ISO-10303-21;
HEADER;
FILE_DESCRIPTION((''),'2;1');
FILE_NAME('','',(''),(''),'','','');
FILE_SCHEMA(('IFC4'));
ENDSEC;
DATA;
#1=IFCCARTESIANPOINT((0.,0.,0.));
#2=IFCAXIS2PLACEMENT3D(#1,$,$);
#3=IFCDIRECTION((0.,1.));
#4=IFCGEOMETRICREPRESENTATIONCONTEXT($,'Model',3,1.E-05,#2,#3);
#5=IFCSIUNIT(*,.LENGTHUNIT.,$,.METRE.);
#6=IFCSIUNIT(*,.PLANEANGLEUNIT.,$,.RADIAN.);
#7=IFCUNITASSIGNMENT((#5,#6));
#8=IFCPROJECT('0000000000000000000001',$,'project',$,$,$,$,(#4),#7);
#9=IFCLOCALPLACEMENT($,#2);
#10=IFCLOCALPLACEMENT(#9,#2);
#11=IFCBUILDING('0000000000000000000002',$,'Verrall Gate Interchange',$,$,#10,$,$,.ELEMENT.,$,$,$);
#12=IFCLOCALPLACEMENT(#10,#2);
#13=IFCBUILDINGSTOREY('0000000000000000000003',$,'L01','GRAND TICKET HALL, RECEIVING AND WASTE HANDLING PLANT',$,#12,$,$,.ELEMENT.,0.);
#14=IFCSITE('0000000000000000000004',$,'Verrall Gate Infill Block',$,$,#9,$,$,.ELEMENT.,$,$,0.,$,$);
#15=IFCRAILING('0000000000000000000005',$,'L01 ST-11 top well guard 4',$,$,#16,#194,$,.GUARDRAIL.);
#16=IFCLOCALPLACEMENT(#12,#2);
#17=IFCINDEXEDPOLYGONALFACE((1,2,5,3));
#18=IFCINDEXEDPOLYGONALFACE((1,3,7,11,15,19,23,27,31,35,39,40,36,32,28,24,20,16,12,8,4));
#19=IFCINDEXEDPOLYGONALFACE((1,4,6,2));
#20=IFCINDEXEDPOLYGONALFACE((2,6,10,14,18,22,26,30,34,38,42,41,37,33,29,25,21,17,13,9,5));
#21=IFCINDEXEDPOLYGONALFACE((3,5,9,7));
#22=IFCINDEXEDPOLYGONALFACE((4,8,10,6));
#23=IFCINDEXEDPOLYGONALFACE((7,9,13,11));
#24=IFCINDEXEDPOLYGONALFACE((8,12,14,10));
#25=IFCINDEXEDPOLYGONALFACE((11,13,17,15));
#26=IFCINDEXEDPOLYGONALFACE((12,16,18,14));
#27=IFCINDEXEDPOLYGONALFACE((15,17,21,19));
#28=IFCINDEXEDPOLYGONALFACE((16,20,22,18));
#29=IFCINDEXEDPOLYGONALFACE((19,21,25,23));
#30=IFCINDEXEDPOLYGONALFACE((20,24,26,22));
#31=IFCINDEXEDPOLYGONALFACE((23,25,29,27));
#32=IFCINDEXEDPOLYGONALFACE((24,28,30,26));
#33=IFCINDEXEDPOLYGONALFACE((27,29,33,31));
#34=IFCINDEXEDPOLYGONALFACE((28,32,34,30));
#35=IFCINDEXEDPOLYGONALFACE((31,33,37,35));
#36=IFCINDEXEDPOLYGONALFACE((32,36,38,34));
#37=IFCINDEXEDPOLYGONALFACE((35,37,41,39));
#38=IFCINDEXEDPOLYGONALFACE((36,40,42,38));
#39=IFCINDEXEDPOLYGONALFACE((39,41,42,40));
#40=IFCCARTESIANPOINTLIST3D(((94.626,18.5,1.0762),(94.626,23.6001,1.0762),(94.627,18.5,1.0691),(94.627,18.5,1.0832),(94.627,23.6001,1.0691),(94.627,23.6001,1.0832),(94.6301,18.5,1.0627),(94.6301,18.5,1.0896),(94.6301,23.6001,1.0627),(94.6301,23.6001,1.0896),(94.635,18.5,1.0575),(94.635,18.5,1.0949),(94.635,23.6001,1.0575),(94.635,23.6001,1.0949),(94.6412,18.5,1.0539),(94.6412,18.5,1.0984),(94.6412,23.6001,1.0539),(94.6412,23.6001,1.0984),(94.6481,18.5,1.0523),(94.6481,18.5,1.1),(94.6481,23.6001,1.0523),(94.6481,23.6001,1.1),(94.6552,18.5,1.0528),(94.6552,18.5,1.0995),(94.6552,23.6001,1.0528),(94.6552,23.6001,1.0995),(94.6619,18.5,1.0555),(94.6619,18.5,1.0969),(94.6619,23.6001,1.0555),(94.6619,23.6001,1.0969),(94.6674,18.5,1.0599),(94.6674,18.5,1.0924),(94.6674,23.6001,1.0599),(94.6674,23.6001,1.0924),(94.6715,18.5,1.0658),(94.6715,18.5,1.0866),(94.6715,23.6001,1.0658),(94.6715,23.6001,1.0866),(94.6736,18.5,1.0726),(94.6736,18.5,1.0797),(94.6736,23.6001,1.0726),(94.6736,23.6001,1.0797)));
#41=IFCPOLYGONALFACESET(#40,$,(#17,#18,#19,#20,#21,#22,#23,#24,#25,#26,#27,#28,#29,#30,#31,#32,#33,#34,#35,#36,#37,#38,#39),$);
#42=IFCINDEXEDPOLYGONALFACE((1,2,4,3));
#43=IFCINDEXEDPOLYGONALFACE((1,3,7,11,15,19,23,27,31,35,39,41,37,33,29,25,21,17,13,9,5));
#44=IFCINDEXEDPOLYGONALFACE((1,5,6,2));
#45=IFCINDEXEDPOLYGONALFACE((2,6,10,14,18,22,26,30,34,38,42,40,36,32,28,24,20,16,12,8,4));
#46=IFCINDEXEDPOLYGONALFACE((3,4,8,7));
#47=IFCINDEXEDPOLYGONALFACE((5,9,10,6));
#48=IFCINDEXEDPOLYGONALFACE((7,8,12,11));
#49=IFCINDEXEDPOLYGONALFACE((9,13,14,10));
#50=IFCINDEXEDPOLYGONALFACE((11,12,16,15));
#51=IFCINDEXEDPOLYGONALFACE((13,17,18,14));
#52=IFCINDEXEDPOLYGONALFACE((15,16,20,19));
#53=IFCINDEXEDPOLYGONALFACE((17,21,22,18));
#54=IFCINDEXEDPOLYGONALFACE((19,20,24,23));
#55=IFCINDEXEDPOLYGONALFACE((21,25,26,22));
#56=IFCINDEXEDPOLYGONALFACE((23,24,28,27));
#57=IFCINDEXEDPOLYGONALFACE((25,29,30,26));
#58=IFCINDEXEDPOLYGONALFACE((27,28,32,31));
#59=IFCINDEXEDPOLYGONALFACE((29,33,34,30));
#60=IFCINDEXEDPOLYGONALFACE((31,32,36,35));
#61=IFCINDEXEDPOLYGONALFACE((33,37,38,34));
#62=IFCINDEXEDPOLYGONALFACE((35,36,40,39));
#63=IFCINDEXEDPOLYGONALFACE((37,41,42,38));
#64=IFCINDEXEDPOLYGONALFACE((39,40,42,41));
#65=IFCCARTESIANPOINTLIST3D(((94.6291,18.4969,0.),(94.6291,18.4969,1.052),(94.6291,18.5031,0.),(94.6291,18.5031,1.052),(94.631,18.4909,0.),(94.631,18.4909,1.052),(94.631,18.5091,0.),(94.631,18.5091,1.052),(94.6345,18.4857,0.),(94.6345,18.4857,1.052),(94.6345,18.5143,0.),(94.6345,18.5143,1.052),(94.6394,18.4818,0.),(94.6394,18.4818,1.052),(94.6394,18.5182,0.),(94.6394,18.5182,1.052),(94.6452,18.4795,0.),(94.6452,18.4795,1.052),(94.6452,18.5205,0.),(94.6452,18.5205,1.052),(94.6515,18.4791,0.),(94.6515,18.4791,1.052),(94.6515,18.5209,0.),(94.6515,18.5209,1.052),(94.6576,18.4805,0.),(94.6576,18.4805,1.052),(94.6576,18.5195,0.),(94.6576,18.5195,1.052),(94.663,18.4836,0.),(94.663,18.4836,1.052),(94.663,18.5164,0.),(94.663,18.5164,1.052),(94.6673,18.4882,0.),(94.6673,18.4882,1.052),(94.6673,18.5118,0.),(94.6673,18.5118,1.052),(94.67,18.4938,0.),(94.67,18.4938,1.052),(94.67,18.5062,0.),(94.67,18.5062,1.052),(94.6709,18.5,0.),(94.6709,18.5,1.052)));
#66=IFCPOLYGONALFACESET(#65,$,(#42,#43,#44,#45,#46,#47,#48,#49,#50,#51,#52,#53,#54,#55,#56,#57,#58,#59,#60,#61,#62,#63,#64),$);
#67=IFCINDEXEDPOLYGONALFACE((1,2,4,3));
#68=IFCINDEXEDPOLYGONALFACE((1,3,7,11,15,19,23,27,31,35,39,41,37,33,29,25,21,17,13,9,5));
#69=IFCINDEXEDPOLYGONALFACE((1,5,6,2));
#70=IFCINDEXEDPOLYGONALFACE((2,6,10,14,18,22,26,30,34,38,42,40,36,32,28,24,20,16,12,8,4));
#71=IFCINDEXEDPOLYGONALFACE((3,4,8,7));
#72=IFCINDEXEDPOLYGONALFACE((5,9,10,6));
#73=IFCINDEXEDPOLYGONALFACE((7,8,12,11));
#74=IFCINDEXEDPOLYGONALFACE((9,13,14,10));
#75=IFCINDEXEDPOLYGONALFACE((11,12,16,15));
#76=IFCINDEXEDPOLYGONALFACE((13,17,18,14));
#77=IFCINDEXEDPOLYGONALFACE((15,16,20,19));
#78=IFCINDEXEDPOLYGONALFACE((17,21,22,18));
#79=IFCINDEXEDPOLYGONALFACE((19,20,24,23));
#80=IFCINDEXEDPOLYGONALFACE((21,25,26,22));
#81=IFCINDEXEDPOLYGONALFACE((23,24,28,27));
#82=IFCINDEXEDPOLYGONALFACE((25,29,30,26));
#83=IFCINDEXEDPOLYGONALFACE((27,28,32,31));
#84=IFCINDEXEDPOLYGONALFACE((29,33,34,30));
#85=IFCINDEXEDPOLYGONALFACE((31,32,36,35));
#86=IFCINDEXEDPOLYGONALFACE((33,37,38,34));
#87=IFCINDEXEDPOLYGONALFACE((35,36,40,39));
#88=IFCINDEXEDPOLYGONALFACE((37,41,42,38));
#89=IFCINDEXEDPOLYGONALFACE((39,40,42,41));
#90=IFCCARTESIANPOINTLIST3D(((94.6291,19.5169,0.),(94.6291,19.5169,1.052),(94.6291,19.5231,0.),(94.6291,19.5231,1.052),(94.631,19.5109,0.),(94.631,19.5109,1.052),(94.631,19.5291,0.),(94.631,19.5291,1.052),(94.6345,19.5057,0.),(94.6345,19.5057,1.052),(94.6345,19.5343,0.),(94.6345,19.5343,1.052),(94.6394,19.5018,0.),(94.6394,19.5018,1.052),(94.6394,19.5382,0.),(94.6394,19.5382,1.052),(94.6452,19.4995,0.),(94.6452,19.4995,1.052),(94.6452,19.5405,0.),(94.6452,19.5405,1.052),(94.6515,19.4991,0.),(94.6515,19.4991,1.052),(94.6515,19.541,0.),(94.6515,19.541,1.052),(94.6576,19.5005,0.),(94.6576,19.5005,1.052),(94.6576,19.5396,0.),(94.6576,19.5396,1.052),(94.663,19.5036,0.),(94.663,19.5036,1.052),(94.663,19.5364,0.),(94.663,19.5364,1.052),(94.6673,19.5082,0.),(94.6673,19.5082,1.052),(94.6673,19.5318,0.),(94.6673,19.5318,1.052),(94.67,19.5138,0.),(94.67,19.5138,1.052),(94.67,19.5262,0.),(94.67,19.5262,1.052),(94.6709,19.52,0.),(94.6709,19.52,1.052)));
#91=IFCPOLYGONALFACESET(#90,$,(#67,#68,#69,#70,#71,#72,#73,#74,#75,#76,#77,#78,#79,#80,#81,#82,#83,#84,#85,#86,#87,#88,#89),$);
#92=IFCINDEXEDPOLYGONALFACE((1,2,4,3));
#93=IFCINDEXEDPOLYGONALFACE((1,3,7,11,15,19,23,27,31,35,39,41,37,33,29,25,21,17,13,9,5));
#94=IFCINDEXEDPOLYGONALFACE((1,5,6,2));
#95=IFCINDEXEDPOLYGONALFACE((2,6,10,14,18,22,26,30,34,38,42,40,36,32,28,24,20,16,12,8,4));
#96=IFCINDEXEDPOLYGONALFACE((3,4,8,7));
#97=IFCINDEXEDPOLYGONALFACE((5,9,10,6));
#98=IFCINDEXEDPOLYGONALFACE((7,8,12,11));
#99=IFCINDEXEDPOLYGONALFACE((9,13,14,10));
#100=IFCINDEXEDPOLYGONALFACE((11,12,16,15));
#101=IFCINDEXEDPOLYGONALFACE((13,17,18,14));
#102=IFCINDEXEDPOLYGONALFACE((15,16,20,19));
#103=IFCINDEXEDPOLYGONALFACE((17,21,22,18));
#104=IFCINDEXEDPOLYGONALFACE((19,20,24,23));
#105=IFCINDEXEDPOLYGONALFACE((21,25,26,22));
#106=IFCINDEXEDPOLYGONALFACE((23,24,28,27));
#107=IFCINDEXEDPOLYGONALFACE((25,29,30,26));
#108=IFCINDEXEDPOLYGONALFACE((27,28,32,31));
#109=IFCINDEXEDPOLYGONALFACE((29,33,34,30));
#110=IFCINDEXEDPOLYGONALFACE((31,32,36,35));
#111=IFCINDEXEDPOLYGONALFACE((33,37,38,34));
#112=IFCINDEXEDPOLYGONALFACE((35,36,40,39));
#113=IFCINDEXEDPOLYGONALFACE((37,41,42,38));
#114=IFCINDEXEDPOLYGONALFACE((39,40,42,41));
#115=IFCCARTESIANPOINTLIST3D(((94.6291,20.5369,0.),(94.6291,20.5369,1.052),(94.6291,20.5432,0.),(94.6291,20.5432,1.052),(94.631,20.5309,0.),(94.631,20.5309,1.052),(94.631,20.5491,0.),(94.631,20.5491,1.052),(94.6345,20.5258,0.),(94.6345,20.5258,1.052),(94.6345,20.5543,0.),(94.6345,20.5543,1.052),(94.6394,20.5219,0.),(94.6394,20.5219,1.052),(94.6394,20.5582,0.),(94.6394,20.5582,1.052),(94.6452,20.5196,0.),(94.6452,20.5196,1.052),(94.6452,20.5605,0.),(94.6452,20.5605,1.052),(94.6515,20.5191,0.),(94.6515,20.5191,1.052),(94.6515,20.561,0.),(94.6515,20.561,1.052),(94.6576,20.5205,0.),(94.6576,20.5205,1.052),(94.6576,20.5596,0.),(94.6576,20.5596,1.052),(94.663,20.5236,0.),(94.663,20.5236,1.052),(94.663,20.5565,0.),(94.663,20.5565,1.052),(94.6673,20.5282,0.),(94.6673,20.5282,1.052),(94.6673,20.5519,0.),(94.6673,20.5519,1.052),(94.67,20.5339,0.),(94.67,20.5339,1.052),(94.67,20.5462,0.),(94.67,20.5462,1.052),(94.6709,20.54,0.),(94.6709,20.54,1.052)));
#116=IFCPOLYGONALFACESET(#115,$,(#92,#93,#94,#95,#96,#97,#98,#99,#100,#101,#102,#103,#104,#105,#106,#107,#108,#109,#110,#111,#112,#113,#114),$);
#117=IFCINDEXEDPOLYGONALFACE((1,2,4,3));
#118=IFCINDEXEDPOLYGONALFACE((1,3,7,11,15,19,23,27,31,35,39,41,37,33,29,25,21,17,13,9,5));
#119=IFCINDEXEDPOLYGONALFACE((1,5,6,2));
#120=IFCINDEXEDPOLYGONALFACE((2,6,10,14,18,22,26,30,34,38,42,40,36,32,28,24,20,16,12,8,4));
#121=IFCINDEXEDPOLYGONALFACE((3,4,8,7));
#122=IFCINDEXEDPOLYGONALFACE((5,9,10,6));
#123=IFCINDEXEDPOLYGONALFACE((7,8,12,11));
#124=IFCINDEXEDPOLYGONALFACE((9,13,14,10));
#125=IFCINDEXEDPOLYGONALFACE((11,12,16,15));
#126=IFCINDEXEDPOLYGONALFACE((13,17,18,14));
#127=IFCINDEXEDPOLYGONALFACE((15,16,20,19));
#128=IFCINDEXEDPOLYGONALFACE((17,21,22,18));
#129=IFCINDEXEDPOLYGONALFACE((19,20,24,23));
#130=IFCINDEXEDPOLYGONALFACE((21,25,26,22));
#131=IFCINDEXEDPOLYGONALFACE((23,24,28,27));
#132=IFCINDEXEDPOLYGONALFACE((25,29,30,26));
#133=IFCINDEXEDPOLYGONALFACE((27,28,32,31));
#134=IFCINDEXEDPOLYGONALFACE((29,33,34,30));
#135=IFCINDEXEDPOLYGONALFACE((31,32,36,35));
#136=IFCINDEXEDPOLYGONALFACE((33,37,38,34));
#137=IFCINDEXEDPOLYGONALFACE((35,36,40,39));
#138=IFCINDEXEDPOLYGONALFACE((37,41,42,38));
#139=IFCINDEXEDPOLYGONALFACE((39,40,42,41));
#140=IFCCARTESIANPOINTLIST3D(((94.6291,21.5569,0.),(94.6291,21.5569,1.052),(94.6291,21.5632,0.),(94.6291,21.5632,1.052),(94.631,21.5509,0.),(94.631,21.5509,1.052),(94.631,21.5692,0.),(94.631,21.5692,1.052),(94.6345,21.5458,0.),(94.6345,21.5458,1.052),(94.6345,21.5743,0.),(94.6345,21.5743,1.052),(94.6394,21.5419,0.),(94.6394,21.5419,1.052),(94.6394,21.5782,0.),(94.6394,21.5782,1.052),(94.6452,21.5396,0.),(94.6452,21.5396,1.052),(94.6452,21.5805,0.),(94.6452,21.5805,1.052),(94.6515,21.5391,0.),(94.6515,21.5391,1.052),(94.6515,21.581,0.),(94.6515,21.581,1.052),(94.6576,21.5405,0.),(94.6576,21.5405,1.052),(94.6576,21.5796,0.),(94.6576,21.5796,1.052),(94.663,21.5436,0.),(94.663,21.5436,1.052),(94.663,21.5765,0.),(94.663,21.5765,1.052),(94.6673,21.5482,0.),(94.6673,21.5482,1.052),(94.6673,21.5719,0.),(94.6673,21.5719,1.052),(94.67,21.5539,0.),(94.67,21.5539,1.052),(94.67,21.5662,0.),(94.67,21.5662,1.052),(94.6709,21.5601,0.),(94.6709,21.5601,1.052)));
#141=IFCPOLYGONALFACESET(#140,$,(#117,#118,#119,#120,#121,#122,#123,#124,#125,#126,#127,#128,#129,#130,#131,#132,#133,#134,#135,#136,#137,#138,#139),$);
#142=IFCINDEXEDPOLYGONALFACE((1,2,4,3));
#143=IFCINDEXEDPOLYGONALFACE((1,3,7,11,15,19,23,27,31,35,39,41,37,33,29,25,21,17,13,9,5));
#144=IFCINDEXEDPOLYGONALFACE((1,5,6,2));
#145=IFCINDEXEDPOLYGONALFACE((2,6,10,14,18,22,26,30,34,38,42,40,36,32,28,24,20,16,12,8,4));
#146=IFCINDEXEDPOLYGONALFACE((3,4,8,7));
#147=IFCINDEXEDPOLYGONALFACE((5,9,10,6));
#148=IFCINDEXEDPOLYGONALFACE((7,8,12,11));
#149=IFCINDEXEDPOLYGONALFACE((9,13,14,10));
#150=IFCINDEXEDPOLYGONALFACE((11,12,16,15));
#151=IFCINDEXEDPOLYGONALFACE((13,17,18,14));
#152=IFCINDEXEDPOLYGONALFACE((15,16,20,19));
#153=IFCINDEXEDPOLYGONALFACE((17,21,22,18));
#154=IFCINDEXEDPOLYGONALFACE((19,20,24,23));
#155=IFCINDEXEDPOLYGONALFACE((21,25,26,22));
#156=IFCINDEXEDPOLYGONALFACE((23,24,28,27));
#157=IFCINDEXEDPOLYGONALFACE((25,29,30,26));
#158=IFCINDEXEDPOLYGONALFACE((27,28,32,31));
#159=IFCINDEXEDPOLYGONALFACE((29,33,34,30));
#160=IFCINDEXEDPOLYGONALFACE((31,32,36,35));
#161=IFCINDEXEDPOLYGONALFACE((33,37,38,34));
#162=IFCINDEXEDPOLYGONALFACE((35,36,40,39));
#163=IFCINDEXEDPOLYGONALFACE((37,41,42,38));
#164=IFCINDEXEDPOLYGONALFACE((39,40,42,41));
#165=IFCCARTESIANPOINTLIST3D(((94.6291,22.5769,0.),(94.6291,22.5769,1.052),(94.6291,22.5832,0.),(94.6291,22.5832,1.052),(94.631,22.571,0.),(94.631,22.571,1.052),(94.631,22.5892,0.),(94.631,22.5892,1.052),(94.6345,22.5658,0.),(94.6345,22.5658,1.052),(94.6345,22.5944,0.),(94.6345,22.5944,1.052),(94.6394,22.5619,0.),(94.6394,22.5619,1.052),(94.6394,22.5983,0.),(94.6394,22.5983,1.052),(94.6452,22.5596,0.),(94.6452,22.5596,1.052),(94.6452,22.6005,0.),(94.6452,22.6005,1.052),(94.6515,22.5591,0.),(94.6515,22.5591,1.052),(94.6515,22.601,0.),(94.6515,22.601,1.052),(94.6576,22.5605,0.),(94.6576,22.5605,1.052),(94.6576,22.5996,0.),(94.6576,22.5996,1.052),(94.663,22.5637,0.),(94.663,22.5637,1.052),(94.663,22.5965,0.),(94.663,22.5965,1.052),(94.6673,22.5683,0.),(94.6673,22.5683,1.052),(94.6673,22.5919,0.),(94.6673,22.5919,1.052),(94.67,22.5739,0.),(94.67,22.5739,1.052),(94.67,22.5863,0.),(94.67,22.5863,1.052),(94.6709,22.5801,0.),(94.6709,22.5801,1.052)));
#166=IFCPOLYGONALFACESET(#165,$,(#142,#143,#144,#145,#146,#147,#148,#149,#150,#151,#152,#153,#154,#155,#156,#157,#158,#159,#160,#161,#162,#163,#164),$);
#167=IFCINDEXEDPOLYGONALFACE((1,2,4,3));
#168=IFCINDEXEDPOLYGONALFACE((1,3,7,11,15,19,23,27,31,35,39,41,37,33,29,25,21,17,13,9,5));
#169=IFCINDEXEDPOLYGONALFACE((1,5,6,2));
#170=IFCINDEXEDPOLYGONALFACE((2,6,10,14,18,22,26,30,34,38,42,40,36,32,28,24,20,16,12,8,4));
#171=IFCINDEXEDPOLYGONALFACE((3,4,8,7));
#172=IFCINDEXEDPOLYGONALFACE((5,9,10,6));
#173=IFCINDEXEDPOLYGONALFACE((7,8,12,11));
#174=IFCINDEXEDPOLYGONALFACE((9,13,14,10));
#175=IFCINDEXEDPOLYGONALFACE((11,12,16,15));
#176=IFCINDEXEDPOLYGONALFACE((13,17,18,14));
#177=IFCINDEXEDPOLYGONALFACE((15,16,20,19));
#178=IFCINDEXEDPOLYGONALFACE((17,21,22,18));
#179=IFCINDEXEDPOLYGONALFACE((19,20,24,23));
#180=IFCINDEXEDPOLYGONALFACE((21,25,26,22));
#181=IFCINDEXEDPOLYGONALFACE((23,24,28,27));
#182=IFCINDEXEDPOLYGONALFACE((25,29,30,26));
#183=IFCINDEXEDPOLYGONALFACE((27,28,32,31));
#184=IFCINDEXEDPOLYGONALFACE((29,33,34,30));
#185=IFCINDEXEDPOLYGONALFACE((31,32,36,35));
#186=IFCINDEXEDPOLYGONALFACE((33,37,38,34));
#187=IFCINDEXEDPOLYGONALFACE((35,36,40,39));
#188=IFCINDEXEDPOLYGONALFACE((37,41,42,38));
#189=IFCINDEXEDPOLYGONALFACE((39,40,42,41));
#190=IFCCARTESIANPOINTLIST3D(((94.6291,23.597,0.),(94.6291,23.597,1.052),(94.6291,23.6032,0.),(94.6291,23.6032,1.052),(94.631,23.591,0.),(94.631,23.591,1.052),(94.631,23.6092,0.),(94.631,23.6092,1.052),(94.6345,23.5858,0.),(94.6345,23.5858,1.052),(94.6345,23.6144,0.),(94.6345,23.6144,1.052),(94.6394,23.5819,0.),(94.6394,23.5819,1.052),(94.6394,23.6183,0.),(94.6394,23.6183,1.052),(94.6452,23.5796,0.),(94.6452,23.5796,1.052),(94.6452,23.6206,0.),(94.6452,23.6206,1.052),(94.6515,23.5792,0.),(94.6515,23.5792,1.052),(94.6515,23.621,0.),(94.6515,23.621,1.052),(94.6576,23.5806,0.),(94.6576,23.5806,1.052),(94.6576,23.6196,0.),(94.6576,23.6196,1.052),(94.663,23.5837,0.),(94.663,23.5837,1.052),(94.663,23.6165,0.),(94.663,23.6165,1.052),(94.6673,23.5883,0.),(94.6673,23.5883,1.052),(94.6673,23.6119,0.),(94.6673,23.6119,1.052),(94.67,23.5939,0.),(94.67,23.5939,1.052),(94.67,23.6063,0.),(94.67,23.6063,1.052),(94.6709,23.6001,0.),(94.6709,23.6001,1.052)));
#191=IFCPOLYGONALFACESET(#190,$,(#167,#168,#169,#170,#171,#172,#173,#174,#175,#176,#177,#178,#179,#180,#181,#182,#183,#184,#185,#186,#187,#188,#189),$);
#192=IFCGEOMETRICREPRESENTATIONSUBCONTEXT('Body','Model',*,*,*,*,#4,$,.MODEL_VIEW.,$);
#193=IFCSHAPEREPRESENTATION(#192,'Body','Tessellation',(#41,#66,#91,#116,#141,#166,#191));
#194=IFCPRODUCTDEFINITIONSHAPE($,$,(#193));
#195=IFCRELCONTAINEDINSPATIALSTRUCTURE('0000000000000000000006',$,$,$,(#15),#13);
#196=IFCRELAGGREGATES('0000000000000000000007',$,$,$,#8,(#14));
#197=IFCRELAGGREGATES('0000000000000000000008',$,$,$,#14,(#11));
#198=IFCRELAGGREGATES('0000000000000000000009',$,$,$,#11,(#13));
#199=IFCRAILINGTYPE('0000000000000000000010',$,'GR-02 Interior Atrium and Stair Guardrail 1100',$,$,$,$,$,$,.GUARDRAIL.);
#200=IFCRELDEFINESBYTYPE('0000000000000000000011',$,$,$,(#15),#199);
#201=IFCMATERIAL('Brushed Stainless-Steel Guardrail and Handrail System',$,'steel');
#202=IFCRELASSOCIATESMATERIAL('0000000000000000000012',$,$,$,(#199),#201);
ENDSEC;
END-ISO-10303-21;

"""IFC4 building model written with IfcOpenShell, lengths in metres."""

from ifc_helpers import new_model, si_unit, direction, frame, origin, origin_2d, place, context, subcontext, project, spatial, circle, extrude, material, type_object, element, save


model = new_model("IFC4")

# Units and contexts
model_context = context("Model", 3, precision=1e-05, world=origin(), true_north=direction((0.0, 1.0)))
body_context = subcontext(model_context, "Body", "Model", "MODEL_VIEW")
ifc_project = project(units=[si_unit("LENGTHUNIT", "METRE"), si_unit("PLANEANGLEUNIT", "RADIAN")], contexts=[model_context])

# Site, building, storey
site_placement = place(None, origin())
site = spatial("IfcSite", under=ifc_project, at=site_placement, Name="Verrall Gate Infill Block", CompositionType="ELEMENT", RefElevation=0.0)
building_placement = place(site_placement, origin())
building = spatial("IfcBuilding", under=site, at=building_placement, Name="Verrall Gate Interchange", CompositionType="ELEMENT")
storey_placement = place(building_placement, origin())
storey = spatial("IfcBuildingStorey", under=building, at=storey_placement, Name="L01", Description="GRAND TICKET HALL, RECEIVING AND WASTE HANDLING PLANT", CompositionType="ELEMENT", Elevation=0.0)

# Railing
ifc_material_1 = material(Name="Brushed Stainless-Steel Guardrail and Handrail System", Category="steel")
railing_type = type_object("IfcRailingType", Name="GR-02 Interior Atrium and Stair Guardrail 1100", PredefinedType="GUARDRAIL", material=ifc_material_1)
railing_1_placement = place(storey_placement, frame((94.6499, 18.5, 0.0)))
element("IfcRailing", 1, at=railing_1_placement, inside=storey, type_object=railing_type, Name="L01 ST-11 top well guard 4", PredefinedType="GUARDRAIL", context=body_context, shape_type="SweptSolid", body=[
    extrude(circle(Radius=0.0239, at=origin_2d()), frame((0.0, 0.0, 1.0762), z_axis=(0.0, 1.0, 0.0), x_axis=(-1.0, 0.0, 0.0)), (0.0, 0.0, 1.0), 5.1001),
    extrude(circle(Radius=0.021, at=origin_2d()), origin(), (0.0, 0.0, 1.0), 1.052),
    extrude(circle(Radius=0.021, at=origin_2d()), frame((0.0, 1.02, 0.0)), (0.0, 0.0, 1.0), 1.052),
    extrude(circle(Radius=0.021, at=origin_2d()), frame((0.0, 2.04, 0.0)), (0.0, 0.0, 1.0), 1.052),
    extrude(circle(Radius=0.021, at=origin_2d()), frame((0.0, 3.0601, 0.0)), (0.0, 0.0, 1.0), 1.052),
    extrude(circle(Radius=0.021, at=origin_2d()), frame((0.0, 4.0801, 0.0)), (0.0, 0.0, 1.0), 1.052),
    extrude(circle(Radius=0.021, at=origin_2d()), frame((0.0, 5.1001, 0.0)), (0.0, 0.0, 1.0), 1.052),
])

save(model, "model.ifc")
